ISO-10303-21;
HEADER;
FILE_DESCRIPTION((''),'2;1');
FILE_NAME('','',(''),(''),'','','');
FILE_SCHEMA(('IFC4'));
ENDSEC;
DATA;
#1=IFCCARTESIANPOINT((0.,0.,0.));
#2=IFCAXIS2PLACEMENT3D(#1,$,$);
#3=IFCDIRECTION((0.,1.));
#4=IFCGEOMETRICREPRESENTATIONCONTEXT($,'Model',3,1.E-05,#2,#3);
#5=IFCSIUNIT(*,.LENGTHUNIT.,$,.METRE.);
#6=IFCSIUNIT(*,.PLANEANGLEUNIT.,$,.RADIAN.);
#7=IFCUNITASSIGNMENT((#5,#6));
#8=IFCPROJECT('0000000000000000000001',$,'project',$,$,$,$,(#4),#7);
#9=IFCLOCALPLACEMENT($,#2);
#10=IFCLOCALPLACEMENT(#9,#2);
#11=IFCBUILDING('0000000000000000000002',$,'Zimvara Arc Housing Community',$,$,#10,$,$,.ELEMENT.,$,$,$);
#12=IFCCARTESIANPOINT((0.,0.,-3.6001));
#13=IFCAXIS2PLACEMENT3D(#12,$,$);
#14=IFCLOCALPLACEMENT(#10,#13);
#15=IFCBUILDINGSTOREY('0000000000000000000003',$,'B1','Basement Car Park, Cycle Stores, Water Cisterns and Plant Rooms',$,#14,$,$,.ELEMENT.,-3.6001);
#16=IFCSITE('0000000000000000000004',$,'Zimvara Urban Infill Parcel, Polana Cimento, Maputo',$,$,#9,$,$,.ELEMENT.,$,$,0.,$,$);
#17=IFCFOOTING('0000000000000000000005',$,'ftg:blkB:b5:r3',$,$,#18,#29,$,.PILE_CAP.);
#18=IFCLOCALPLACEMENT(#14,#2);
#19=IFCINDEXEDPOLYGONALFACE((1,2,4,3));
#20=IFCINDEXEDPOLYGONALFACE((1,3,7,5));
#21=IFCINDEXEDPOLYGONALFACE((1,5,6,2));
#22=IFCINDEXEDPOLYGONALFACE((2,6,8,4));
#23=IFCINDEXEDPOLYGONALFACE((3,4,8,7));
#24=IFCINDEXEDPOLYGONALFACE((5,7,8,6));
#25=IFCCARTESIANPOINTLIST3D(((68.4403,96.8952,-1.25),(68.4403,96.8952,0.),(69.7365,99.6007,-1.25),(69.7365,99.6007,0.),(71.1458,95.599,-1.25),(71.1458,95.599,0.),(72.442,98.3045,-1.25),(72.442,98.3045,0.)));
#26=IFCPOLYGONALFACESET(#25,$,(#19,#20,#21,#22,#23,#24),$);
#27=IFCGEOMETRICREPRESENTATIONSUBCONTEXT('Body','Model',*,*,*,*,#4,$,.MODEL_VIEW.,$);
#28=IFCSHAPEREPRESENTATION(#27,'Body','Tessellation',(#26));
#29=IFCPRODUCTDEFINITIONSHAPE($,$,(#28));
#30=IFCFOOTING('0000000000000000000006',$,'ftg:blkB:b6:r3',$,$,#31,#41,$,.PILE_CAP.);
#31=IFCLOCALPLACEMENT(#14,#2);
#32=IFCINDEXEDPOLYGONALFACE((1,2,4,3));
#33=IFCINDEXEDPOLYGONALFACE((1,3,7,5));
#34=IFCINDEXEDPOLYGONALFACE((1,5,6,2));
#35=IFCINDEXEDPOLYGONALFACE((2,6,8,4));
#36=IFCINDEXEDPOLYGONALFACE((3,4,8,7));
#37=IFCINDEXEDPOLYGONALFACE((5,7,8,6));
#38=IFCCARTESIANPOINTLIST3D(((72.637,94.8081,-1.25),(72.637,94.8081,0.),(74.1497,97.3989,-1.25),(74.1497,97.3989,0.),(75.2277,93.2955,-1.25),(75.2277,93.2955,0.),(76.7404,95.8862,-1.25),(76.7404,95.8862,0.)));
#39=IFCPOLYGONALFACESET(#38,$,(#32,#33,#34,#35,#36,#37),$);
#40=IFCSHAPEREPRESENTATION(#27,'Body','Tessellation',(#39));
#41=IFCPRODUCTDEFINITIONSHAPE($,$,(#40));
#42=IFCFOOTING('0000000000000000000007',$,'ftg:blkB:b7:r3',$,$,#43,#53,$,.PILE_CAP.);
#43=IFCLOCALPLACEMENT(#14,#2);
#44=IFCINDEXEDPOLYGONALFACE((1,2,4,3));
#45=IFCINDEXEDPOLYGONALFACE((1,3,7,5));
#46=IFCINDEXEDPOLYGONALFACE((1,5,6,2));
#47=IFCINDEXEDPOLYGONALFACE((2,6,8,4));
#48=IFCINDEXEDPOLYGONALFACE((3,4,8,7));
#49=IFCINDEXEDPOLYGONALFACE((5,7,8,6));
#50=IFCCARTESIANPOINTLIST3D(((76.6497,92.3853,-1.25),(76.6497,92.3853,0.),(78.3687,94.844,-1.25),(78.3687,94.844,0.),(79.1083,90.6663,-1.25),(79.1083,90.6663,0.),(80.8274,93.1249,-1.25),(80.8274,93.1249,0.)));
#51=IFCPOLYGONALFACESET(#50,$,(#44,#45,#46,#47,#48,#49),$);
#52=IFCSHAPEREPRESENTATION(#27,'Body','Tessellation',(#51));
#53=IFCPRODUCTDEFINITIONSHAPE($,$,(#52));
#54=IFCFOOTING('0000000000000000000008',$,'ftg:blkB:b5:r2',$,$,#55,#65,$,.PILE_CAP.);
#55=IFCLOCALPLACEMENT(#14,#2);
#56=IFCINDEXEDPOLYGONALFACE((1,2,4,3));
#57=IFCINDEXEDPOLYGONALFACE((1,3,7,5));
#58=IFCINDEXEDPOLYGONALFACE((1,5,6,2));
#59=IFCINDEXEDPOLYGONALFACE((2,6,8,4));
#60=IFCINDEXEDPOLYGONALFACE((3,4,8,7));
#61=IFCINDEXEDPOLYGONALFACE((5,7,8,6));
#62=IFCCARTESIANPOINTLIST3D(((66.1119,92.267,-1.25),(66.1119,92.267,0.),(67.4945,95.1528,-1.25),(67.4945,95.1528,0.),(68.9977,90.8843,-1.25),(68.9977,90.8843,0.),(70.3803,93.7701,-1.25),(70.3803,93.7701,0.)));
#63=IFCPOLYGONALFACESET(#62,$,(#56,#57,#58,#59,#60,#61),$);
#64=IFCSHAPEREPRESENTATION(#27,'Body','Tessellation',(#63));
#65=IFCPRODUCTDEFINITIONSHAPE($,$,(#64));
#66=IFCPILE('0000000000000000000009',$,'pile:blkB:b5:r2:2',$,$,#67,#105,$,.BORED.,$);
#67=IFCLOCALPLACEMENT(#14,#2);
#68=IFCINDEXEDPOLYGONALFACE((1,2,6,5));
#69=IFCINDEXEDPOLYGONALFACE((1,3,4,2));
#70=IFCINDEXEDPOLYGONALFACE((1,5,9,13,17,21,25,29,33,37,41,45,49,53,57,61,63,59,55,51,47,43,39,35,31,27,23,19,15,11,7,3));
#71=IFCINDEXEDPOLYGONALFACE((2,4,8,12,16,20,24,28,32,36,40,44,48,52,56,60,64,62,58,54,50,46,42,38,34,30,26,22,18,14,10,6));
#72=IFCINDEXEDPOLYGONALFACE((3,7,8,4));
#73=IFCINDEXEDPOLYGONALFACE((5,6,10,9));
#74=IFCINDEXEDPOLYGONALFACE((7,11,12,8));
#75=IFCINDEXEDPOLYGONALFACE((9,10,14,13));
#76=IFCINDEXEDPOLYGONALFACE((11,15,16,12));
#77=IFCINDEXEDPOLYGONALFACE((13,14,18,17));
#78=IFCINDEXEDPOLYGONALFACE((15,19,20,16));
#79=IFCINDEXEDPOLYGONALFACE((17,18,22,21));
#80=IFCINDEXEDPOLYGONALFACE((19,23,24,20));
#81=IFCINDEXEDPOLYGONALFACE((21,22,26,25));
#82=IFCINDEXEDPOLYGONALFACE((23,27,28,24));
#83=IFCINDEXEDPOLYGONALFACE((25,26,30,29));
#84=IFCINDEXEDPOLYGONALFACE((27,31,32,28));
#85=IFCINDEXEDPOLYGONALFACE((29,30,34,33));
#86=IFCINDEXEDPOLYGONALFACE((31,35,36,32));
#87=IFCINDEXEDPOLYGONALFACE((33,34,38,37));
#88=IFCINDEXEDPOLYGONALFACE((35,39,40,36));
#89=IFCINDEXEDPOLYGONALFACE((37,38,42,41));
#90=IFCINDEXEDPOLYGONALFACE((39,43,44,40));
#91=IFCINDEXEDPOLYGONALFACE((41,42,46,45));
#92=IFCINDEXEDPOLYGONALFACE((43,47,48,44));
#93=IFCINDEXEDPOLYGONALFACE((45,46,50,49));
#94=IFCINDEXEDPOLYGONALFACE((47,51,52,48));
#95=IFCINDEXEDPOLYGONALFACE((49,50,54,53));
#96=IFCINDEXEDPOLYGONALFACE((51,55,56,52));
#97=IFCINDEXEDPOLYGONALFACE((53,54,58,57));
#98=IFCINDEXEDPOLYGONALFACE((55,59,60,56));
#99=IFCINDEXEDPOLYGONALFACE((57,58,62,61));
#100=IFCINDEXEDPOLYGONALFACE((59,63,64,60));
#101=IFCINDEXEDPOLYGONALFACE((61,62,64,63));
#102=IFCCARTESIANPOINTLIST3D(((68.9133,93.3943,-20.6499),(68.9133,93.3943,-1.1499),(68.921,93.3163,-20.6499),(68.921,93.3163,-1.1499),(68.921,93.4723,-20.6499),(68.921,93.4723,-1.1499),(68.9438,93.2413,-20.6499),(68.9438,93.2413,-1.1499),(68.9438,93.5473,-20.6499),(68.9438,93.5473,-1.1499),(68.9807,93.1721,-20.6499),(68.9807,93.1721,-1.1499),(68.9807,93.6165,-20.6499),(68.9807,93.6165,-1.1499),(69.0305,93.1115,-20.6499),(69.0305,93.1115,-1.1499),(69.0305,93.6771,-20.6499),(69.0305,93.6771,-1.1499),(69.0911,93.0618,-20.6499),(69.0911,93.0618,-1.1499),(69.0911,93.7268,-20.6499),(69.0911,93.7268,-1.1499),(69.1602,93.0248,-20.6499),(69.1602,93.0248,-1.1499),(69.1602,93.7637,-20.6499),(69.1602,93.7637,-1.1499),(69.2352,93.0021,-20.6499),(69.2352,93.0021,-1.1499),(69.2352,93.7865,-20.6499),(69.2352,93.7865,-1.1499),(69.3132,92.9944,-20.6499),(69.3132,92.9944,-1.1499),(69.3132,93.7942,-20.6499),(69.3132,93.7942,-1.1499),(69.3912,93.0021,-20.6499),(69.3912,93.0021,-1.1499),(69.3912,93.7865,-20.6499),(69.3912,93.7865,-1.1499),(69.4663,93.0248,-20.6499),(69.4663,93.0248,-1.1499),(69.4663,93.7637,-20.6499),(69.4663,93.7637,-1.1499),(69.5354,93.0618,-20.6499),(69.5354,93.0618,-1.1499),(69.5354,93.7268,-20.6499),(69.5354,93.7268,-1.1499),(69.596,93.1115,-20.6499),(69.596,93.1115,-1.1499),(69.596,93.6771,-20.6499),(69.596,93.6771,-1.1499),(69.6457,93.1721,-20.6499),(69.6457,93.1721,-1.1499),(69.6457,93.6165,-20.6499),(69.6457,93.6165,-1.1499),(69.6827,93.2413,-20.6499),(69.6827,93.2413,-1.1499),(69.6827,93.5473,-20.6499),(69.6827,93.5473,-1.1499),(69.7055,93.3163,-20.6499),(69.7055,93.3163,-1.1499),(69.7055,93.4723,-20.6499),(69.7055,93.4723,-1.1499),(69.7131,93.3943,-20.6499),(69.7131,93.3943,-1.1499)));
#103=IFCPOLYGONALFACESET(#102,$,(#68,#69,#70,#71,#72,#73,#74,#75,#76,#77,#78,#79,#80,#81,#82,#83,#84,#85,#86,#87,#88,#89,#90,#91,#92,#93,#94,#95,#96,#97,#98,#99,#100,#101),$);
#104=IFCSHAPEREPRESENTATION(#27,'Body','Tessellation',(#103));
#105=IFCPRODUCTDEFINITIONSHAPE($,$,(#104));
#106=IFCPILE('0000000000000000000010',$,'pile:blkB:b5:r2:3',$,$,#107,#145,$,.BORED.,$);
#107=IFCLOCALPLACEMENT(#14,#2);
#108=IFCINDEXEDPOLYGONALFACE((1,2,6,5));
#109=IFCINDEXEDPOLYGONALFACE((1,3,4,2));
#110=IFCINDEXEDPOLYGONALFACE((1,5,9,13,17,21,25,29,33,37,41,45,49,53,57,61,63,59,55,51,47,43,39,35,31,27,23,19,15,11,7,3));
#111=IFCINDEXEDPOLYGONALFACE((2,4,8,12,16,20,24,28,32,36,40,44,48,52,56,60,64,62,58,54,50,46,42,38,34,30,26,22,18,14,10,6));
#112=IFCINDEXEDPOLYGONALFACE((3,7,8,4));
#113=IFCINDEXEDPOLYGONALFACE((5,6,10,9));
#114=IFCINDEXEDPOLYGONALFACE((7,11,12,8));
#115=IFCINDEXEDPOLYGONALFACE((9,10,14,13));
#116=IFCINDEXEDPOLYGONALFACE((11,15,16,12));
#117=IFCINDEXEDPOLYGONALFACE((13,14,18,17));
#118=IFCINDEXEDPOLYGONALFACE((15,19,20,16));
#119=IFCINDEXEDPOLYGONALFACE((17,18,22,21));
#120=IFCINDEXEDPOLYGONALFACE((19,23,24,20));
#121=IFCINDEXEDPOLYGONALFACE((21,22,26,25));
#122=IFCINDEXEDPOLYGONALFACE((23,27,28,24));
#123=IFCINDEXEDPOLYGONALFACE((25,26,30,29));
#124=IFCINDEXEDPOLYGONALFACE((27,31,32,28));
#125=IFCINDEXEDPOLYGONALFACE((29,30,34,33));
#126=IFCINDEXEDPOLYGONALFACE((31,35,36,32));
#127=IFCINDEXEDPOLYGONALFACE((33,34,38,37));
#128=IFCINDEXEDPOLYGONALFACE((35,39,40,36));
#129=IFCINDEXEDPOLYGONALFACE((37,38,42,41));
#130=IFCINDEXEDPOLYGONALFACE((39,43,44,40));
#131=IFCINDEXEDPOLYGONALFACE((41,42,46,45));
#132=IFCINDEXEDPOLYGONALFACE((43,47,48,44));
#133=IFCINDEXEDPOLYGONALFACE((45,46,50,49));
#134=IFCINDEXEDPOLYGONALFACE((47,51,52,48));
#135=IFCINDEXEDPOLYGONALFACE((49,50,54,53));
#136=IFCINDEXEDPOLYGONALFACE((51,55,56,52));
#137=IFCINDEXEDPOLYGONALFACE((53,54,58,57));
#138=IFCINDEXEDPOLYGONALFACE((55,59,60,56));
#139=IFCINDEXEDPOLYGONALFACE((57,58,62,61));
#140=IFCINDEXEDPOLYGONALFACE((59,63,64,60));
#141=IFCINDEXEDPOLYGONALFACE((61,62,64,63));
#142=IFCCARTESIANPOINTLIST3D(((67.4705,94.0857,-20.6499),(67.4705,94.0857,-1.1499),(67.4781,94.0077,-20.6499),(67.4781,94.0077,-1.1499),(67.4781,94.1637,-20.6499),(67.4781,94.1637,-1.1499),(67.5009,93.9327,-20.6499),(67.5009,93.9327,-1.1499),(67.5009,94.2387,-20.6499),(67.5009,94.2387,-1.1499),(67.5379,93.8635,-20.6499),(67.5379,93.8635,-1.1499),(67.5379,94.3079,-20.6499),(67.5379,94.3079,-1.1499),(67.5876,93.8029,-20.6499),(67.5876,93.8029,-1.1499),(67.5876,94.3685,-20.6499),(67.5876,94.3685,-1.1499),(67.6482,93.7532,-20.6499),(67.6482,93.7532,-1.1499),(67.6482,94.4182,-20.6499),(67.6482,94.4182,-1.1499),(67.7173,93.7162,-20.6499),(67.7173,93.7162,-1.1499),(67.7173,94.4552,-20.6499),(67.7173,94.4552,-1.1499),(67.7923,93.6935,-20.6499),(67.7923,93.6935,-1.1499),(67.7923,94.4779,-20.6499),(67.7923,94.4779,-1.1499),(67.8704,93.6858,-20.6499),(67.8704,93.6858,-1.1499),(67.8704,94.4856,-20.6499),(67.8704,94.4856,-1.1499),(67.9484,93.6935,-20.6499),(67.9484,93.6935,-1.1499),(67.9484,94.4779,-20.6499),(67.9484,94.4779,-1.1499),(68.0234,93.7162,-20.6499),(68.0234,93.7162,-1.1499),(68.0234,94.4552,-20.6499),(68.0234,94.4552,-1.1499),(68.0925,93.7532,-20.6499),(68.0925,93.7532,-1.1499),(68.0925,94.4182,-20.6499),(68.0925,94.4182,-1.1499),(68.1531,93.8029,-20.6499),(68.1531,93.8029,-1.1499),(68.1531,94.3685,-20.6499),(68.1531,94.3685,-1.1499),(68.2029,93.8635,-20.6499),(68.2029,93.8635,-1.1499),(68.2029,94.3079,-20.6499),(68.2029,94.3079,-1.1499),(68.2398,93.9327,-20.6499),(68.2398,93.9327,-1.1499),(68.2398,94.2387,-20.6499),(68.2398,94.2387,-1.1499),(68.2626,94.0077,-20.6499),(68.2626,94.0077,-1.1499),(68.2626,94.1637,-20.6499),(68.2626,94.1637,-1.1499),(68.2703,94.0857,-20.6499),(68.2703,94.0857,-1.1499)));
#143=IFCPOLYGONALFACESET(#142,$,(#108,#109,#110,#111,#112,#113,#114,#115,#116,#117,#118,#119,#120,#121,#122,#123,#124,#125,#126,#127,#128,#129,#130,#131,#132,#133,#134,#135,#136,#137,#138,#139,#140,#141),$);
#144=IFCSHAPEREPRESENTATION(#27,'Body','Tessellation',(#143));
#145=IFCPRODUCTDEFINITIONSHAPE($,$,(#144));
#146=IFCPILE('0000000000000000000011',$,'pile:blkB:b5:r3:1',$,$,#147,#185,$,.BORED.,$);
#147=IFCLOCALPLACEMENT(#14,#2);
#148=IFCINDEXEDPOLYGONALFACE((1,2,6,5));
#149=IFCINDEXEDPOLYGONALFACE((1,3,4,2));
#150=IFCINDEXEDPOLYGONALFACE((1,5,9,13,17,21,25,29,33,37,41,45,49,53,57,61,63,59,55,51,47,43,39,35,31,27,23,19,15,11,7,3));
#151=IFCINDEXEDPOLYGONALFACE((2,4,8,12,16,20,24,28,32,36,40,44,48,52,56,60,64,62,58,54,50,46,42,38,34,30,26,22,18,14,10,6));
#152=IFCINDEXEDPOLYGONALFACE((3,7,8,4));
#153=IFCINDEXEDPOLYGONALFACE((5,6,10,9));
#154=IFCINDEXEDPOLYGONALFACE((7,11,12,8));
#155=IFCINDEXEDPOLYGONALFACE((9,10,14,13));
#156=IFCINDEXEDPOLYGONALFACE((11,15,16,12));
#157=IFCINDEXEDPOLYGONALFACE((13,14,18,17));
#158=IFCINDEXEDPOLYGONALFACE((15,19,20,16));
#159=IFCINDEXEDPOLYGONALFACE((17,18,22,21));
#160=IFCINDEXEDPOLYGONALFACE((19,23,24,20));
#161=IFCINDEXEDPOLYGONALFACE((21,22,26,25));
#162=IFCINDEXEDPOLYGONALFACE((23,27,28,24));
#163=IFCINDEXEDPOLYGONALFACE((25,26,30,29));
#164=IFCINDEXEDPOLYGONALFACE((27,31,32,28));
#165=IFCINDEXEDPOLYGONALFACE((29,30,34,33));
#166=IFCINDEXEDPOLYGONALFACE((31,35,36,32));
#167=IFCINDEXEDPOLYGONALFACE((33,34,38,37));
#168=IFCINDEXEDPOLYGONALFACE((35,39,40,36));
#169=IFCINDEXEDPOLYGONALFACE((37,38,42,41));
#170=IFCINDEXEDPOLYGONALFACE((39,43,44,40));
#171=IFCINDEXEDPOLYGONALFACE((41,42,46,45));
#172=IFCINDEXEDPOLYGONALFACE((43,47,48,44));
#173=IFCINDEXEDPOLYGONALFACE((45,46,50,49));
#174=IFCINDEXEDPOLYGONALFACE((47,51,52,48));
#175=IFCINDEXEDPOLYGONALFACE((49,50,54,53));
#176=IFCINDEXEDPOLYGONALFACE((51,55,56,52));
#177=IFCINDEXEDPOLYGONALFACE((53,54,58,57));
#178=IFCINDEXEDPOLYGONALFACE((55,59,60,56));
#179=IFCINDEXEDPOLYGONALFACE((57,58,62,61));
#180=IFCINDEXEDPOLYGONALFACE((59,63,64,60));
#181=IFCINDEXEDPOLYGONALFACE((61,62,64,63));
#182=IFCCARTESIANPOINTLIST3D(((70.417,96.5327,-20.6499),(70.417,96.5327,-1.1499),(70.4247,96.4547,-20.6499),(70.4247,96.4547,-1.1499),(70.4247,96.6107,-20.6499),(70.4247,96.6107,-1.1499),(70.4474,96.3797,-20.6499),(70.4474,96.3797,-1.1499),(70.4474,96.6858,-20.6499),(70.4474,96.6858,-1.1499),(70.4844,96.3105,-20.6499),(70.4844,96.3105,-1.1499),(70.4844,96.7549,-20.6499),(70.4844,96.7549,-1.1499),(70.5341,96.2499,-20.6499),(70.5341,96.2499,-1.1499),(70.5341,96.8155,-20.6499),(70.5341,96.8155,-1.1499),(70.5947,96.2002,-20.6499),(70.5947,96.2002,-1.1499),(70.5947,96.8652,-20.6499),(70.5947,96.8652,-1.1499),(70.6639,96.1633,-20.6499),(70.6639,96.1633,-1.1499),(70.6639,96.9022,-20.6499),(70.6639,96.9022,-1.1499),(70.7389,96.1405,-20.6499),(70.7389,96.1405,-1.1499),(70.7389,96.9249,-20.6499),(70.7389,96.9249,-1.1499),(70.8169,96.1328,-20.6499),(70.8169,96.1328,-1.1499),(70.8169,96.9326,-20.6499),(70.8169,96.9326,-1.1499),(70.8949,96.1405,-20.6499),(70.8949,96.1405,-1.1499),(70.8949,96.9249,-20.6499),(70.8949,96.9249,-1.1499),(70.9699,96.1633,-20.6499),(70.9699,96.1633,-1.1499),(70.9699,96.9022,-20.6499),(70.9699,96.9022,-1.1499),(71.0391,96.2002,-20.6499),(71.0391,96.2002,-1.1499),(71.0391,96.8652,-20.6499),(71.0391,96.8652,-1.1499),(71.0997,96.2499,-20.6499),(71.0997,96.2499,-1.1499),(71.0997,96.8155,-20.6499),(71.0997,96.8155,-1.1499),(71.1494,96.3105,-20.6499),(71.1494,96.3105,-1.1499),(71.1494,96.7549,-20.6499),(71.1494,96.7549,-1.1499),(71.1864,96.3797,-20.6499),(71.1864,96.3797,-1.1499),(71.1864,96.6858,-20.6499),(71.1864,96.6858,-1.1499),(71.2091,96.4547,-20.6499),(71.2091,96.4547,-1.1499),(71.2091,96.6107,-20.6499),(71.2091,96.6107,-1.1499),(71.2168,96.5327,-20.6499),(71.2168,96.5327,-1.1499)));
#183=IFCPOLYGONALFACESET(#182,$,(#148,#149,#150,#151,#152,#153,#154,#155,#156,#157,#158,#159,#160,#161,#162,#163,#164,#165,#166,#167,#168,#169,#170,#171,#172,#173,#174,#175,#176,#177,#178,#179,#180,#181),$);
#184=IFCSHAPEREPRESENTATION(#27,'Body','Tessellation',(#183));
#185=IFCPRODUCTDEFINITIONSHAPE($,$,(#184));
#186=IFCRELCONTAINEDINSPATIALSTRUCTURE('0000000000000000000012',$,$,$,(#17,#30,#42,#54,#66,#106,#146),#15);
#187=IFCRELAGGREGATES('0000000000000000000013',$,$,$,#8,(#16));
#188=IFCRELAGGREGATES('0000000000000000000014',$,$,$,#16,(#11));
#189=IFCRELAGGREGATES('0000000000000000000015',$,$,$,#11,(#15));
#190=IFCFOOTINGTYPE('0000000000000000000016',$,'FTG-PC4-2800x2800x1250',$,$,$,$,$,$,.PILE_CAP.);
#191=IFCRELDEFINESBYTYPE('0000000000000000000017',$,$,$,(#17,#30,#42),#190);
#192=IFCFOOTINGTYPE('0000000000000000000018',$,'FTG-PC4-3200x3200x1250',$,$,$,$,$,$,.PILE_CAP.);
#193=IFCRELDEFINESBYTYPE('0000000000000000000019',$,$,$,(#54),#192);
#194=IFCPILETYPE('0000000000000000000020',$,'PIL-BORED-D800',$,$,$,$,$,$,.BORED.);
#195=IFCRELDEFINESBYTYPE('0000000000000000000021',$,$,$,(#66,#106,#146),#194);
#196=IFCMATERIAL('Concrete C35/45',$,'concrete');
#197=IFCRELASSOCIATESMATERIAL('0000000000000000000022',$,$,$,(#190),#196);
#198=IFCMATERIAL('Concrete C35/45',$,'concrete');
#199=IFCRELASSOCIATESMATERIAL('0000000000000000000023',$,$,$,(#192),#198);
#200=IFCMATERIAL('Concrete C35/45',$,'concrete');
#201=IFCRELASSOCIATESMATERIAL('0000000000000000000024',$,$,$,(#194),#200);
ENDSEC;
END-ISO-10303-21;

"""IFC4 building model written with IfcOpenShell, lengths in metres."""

from ifc_helpers import new_model, si_unit, direction, frame, origin, origin_2d, place, context, subcontext, project, spatial, rectangle, circle, extrude, material, material_profile, profile_set, type_object, element, save


model = new_model("IFC4")

# Units and contexts
model_context = context("Model", 3, precision=1e-05, world=origin(), true_north=direction((0.0, 1.0)))
body_context = subcontext(model_context, "Body", "Model", "MODEL_VIEW")
ifc_project = project(units=[si_unit("LENGTHUNIT", "METRE"), si_unit("PLANEANGLEUNIT", "RADIAN")], contexts=[model_context])

# Site, building, storey
site_placement = place(None, origin())
site = spatial("IfcSite", under=ifc_project, at=site_placement, Name="Zimvara Urban Infill Parcel, Polana Cimento, Maputo", CompositionType="ELEMENT", RefElevation=0.0)
building_placement = place(site_placement, origin())
building = spatial("IfcBuilding", under=site, at=building_placement, Name="Zimvara Arc Housing Community", CompositionType="ELEMENT")
storey_placement = place(building_placement, frame((0.0, 0.0, -3.6001)))
storey = spatial("IfcBuildingStorey", under=building, at=storey_placement, Name="B1", Description="Basement Car Park, Cycle Stores, Water Cisterns and Plant Rooms", CompositionType="ELEMENT", Elevation=-3.6001)

# Footings
ifc_material_1 = material(Name="Concrete C35/45", Category="concrete")
footing_type_1 = type_object("IfcFootingType", Name="FTG-PC4-2800x2800x1250", PredefinedType="PILE_CAP", material=ifc_material_1)
for number, where, z_axis, x_axis, name in (
    (1, (70.4412, 97.5999, -1.25), (0.0, 0.0, 1.0), (0.432086, 0.901833, 0.0), "ftg:blkB:b5:r3"),
    (2, (74.6887, 95.3472, -1.25), (0.0, 0.0, 1.0), (0.504226, 0.863572, 0.0), "ftg:blkB:b6:r3"),
    (3, (78.7385, 92.7551, -1.25), (0.0, 0.0, 1.0), (0.573004, 0.819552, 0.0), "ftg:blkB:b7:r3"),
):
    element("IfcFooting", number, at=place(storey_placement, frame(where, z_axis=z_axis, x_axis=x_axis)), inside=storey, type_object=footing_type_1, Name=name, PredefinedType="PILE_CAP", context=body_context, shape_type="SweptSolid", body=[
        extrude(rectangle(XDim=3.0, YDim=3.0, at=origin_2d()), origin(), (0.0, 0.0, 1.0), 1.25),
    ])
ifc_material_2 = material(Name="Concrete C35/45", Category="concrete")
footing_type_2 = type_object("IfcFootingType", Name="FTG-PC4-3200x3200x1250", PredefinedType="PILE_CAP", material=ifc_material_2)
footing_placement = place(storey_placement, frame((68.2461, 93.0186, -1.25), z_axis=(0.0, 0.0, 1.0), x_axis=(0.432086, 0.901833, 0.0)))
element("IfcFooting", 4, at=footing_placement, inside=storey, type_object=footing_type_2, Name="ftg:blkB:b5:r2", PredefinedType="PILE_CAP", context=body_context, shape_type="SweptSolid", body=[
    extrude(rectangle(XDim=3.2, YDim=3.2, at=origin_2d()), origin(), (0.0, 0.0, 1.0), 1.25),
])

# Piles
ifc_material_3 = material(Name="Concrete C35/45", Category="concrete")
ifc_material_profile_1 = material_profile(ifc_material_3, circle(Radius=0.3999, at=origin_2d()), Name="PILE D800")
ifc_profile_set_1 = profile_set([ifc_material_profile_1], Name="Concrete C35/45")
pile_type = type_object("IfcPileType", Name="PIL-BORED-D800", PredefinedType="BORED", material=ifc_profile_set_1)
for number, where, z_axis, x_axis, name in (
    (5, (69.3132, 93.3943, -1.1499), (0.0, 0.0, -1.0), (1.0, 0.0, 0.0), "pile:blkB:b5:r2:2"),
    (6, (67.8704, 94.0857, -1.1499), (0.0, 0.0, -1.0), (1.0, 0.0, 0.0), "pile:blkB:b5:r2:3"),
    (7, (70.8169, 96.5327, -1.1499), (0.0, 0.0, -1.0), (1.0, 0.0, 0.0), "pile:blkB:b5:r3:1"),
):
    element("IfcPile", number, at=place(storey_placement, frame(where, z_axis=z_axis, x_axis=x_axis)), inside=storey, type_object=pile_type, Name=name, PredefinedType="BORED", context=body_context, shape_type="SweptSolid", body=[
        extrude(circle(Radius=0.3999, at=origin_2d()), origin(), (0.0, 0.0, 1.0), 19.5),
    ])

save(model, "model.ifc")
